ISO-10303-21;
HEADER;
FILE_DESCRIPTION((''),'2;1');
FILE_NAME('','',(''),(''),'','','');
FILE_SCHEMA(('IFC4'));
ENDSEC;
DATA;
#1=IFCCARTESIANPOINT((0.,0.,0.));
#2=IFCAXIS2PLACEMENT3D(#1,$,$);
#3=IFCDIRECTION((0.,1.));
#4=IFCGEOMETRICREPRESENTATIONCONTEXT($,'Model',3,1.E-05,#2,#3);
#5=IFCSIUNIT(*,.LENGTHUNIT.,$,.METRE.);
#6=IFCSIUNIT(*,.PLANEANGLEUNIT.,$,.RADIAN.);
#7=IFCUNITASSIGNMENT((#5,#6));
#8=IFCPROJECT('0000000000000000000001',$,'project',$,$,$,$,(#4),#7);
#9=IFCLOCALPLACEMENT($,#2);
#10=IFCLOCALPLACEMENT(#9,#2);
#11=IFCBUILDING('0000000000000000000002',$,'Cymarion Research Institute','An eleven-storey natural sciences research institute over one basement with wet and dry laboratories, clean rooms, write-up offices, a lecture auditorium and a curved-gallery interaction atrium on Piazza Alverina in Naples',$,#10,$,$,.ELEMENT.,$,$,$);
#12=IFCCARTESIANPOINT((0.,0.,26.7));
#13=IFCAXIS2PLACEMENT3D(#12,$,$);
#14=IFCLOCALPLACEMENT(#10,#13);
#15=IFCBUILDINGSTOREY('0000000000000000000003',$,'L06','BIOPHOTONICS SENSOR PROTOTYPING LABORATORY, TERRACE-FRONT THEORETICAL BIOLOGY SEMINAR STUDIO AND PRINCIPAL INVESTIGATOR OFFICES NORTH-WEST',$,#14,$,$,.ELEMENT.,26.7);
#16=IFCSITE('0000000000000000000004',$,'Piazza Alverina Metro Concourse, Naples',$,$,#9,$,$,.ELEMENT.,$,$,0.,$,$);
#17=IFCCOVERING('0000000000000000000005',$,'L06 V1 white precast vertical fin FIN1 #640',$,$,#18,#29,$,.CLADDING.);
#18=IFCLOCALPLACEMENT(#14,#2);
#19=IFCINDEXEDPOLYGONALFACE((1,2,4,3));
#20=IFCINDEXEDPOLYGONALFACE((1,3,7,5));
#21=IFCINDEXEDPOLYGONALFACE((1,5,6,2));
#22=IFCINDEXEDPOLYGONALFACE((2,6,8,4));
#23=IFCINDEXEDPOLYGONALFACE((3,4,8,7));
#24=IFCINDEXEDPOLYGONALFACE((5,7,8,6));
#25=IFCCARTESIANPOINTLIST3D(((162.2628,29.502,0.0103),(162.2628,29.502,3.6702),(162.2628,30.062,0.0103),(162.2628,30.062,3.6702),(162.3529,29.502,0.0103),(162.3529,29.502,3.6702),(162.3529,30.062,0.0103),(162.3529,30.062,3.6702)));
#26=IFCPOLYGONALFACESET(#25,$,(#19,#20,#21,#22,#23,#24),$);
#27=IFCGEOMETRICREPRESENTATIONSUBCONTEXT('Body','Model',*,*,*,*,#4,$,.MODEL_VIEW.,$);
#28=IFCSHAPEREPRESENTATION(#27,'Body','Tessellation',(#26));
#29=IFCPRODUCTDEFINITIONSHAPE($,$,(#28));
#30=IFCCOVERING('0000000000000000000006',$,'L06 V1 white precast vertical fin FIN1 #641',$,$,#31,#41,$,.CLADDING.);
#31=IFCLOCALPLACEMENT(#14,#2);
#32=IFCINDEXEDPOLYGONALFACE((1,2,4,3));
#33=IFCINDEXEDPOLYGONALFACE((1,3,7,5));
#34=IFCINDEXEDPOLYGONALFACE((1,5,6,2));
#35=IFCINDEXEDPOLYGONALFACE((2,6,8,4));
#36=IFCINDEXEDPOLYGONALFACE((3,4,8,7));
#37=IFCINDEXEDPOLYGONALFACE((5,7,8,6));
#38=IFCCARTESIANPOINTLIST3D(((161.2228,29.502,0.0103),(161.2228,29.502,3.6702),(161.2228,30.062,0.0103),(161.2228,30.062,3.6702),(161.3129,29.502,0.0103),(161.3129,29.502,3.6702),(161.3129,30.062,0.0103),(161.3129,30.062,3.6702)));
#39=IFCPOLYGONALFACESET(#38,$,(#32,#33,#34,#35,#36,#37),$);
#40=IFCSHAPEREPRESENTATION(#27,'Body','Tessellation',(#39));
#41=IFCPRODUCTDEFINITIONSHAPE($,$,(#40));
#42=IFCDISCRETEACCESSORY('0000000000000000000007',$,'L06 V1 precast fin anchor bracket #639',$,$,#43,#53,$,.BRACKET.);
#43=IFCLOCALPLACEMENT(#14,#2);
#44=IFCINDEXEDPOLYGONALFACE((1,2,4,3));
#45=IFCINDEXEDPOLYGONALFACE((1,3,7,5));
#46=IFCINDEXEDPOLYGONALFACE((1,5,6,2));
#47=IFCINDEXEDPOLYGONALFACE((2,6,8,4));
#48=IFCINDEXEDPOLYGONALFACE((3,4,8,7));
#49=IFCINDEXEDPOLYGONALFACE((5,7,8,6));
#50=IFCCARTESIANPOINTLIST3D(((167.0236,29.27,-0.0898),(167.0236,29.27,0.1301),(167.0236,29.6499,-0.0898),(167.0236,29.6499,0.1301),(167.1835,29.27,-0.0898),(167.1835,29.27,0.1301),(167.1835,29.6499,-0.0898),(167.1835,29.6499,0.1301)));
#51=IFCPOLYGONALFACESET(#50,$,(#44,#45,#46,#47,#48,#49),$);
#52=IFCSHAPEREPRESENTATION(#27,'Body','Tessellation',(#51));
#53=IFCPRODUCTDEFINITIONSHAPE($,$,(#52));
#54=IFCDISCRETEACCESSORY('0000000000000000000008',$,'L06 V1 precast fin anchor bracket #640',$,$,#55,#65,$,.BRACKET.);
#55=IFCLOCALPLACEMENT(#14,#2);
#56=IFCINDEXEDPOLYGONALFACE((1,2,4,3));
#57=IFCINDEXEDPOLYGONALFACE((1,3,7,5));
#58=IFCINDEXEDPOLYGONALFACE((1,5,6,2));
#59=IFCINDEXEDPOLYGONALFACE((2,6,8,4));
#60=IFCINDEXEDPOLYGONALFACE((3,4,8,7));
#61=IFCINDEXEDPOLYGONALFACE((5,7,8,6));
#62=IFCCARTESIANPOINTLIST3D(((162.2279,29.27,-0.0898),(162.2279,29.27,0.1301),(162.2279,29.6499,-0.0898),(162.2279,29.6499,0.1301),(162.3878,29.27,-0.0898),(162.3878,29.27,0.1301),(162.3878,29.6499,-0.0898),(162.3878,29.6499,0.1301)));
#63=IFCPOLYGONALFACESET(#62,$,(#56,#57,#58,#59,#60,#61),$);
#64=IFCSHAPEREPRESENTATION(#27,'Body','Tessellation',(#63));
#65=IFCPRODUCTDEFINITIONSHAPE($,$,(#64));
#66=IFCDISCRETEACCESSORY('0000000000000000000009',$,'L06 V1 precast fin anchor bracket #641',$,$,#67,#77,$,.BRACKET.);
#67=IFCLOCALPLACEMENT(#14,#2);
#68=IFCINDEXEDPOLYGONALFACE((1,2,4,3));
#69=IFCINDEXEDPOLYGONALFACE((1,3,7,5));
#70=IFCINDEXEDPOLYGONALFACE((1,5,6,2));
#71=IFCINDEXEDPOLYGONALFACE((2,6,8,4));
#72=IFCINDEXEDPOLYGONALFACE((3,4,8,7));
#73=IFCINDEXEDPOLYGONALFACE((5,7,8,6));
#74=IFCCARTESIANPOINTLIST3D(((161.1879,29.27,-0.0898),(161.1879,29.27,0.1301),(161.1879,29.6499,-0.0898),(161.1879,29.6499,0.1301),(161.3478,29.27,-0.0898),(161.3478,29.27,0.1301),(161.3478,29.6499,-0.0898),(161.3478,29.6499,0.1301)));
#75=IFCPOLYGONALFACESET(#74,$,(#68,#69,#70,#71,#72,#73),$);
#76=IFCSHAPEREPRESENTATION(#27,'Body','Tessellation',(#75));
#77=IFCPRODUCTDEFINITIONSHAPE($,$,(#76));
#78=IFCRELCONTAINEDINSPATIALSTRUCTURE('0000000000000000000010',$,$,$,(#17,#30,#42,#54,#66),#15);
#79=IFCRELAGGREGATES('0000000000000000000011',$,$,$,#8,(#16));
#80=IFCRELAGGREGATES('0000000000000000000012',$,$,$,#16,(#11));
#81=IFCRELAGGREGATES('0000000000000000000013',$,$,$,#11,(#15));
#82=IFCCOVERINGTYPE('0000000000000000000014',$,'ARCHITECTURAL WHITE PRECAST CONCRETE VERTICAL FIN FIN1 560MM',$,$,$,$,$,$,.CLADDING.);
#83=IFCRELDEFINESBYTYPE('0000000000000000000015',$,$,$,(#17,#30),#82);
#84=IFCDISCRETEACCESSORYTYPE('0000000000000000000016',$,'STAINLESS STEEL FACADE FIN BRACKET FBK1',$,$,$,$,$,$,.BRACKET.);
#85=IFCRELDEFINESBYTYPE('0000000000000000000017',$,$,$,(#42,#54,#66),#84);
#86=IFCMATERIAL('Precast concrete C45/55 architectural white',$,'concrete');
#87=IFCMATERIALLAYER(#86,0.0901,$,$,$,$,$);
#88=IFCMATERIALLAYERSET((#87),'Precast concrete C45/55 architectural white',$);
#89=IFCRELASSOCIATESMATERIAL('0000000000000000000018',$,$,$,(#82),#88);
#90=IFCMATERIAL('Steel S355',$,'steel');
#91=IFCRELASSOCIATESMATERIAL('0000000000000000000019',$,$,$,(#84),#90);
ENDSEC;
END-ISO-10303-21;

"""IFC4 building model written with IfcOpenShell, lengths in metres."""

from ifc_helpers import new_model, si_unit, direction, frame, origin, origin_2d, place, context, subcontext, project, spatial, rectangle, extrude, material, layer, layer_set, type_object, element, save


model = new_model("IFC4")

# Units and contexts
model_context = context("Model", 3, precision=1e-05, world=origin(), true_north=direction((0.0, 1.0)))
body_context = subcontext(model_context, "Body", "Model", "MODEL_VIEW")
ifc_project = project(units=[si_unit("LENGTHUNIT", "METRE"), si_unit("PLANEANGLEUNIT", "RADIAN")], contexts=[model_context])

# Site, building, storey
site_placement = place(None, origin())
site = spatial("IfcSite", under=ifc_project, at=site_placement, Name="Piazza Alverina Metro Concourse, Naples", CompositionType="ELEMENT", RefElevation=0.0)
building_placement = place(site_placement, origin())
building = spatial("IfcBuilding", under=site, at=building_placement, Name="Cymarion Research Institute", Description="An eleven-storey natural sciences research institute over one basement with wet and dry laboratories, clean rooms, write-up offices, a lecture auditorium and a curved-gallery interaction atrium on Piazza Alverina in Naples", CompositionType="ELEMENT")
storey_placement = place(building_placement, frame((0.0, 0.0, 26.7)))
storey = spatial("IfcBuildingStorey", under=building, at=storey_placement, Name="L06", Description="BIOPHOTONICS SENSOR PROTOTYPING LABORATORY, TERRACE-FRONT THEORETICAL BIOLOGY SEMINAR STUDIO AND PRINCIPAL INVESTIGATOR OFFICES NORTH-WEST", CompositionType="ELEMENT", Elevation=26.7)

# Shared definitions
ifc_material_1 = material(Name="Steel S355", Category="steel")

# Coverings
ifc_material_2 = material(Name="Precast concrete C45/55 architectural white", Category="concrete")
ifc_layer_1 = layer(ifc_material_2, 0.0901)
ifc_layer_set_1 = layer_set([ifc_layer_1], Name="Precast concrete C45/55 architectural white")
covering_type = type_object("IfcCoveringType", Name="ARCHITECTURAL WHITE PRECAST CONCRETE VERTICAL FIN FIN1 560MM", PredefinedType="CLADDING", material=ifc_layer_set_1)
for number, where, z_axis, x_axis, name in (
    (1, (162.3079, 29.782, 0.0103), (0.0, 0.0, 1.0), (0.0, 1.0, 0.0), "L06 V1 white precast vertical fin FIN1 #640"),
    (2, (161.2678, 29.782, 0.0103), (0.0, 0.0, 1.0), (0.0, 1.0, 0.0), "L06 V1 white precast vertical fin FIN1 #641"),
):
    element("IfcCovering", number, at=place(storey_placement, frame(where, z_axis=z_axis, x_axis=x_axis)), inside=storey, type_object=covering_type, Name=name, PredefinedType="CLADDING", context=body_context, shape_type="SweptSolid", body=[
        extrude(rectangle(XDim=0.5601, YDim=0.0901, at=origin_2d()), origin(), (0.0, 0.0, 1.0), 3.6599),
    ])

# Discrete accessories
discrete_accessory_type = type_object("IfcDiscreteAccessoryType", Name="STAINLESS STEEL FACADE FIN BRACKET FBK1", PredefinedType="BRACKET", material=ifc_material_1)
for number, where, z_axis, x_axis, name in (
    (3, (167.1035, 29.46, -0.0898), (0.0, 0.0, 1.0), (0.0, 1.0, 0.0), "L06 V1 precast fin anchor bracket #639"),
    (4, (162.3079, 29.46, -0.0898), (0.0, 0.0, 1.0), (0.0, 1.0, 0.0), "L06 V1 precast fin anchor bracket #640"),
    (5, (161.2678, 29.46, -0.0898), (0.0, 0.0, 1.0), (0.0, 1.0, 0.0), "L06 V1 precast fin anchor bracket #641"),
):
    element("IfcDiscreteAccessory", number, at=place(storey_placement, frame(where, z_axis=z_axis, x_axis=x_axis)), inside=storey, type_object=discrete_accessory_type, Name=name, PredefinedType="BRACKET", context=body_context, shape_type="SweptSolid", body=[
        extrude(rectangle(XDim=0.3799, YDim=0.1599, at=origin_2d()), origin(), (0.0, 0.0, 1.0), 0.22),
    ])

save(model, "model.ifc")
